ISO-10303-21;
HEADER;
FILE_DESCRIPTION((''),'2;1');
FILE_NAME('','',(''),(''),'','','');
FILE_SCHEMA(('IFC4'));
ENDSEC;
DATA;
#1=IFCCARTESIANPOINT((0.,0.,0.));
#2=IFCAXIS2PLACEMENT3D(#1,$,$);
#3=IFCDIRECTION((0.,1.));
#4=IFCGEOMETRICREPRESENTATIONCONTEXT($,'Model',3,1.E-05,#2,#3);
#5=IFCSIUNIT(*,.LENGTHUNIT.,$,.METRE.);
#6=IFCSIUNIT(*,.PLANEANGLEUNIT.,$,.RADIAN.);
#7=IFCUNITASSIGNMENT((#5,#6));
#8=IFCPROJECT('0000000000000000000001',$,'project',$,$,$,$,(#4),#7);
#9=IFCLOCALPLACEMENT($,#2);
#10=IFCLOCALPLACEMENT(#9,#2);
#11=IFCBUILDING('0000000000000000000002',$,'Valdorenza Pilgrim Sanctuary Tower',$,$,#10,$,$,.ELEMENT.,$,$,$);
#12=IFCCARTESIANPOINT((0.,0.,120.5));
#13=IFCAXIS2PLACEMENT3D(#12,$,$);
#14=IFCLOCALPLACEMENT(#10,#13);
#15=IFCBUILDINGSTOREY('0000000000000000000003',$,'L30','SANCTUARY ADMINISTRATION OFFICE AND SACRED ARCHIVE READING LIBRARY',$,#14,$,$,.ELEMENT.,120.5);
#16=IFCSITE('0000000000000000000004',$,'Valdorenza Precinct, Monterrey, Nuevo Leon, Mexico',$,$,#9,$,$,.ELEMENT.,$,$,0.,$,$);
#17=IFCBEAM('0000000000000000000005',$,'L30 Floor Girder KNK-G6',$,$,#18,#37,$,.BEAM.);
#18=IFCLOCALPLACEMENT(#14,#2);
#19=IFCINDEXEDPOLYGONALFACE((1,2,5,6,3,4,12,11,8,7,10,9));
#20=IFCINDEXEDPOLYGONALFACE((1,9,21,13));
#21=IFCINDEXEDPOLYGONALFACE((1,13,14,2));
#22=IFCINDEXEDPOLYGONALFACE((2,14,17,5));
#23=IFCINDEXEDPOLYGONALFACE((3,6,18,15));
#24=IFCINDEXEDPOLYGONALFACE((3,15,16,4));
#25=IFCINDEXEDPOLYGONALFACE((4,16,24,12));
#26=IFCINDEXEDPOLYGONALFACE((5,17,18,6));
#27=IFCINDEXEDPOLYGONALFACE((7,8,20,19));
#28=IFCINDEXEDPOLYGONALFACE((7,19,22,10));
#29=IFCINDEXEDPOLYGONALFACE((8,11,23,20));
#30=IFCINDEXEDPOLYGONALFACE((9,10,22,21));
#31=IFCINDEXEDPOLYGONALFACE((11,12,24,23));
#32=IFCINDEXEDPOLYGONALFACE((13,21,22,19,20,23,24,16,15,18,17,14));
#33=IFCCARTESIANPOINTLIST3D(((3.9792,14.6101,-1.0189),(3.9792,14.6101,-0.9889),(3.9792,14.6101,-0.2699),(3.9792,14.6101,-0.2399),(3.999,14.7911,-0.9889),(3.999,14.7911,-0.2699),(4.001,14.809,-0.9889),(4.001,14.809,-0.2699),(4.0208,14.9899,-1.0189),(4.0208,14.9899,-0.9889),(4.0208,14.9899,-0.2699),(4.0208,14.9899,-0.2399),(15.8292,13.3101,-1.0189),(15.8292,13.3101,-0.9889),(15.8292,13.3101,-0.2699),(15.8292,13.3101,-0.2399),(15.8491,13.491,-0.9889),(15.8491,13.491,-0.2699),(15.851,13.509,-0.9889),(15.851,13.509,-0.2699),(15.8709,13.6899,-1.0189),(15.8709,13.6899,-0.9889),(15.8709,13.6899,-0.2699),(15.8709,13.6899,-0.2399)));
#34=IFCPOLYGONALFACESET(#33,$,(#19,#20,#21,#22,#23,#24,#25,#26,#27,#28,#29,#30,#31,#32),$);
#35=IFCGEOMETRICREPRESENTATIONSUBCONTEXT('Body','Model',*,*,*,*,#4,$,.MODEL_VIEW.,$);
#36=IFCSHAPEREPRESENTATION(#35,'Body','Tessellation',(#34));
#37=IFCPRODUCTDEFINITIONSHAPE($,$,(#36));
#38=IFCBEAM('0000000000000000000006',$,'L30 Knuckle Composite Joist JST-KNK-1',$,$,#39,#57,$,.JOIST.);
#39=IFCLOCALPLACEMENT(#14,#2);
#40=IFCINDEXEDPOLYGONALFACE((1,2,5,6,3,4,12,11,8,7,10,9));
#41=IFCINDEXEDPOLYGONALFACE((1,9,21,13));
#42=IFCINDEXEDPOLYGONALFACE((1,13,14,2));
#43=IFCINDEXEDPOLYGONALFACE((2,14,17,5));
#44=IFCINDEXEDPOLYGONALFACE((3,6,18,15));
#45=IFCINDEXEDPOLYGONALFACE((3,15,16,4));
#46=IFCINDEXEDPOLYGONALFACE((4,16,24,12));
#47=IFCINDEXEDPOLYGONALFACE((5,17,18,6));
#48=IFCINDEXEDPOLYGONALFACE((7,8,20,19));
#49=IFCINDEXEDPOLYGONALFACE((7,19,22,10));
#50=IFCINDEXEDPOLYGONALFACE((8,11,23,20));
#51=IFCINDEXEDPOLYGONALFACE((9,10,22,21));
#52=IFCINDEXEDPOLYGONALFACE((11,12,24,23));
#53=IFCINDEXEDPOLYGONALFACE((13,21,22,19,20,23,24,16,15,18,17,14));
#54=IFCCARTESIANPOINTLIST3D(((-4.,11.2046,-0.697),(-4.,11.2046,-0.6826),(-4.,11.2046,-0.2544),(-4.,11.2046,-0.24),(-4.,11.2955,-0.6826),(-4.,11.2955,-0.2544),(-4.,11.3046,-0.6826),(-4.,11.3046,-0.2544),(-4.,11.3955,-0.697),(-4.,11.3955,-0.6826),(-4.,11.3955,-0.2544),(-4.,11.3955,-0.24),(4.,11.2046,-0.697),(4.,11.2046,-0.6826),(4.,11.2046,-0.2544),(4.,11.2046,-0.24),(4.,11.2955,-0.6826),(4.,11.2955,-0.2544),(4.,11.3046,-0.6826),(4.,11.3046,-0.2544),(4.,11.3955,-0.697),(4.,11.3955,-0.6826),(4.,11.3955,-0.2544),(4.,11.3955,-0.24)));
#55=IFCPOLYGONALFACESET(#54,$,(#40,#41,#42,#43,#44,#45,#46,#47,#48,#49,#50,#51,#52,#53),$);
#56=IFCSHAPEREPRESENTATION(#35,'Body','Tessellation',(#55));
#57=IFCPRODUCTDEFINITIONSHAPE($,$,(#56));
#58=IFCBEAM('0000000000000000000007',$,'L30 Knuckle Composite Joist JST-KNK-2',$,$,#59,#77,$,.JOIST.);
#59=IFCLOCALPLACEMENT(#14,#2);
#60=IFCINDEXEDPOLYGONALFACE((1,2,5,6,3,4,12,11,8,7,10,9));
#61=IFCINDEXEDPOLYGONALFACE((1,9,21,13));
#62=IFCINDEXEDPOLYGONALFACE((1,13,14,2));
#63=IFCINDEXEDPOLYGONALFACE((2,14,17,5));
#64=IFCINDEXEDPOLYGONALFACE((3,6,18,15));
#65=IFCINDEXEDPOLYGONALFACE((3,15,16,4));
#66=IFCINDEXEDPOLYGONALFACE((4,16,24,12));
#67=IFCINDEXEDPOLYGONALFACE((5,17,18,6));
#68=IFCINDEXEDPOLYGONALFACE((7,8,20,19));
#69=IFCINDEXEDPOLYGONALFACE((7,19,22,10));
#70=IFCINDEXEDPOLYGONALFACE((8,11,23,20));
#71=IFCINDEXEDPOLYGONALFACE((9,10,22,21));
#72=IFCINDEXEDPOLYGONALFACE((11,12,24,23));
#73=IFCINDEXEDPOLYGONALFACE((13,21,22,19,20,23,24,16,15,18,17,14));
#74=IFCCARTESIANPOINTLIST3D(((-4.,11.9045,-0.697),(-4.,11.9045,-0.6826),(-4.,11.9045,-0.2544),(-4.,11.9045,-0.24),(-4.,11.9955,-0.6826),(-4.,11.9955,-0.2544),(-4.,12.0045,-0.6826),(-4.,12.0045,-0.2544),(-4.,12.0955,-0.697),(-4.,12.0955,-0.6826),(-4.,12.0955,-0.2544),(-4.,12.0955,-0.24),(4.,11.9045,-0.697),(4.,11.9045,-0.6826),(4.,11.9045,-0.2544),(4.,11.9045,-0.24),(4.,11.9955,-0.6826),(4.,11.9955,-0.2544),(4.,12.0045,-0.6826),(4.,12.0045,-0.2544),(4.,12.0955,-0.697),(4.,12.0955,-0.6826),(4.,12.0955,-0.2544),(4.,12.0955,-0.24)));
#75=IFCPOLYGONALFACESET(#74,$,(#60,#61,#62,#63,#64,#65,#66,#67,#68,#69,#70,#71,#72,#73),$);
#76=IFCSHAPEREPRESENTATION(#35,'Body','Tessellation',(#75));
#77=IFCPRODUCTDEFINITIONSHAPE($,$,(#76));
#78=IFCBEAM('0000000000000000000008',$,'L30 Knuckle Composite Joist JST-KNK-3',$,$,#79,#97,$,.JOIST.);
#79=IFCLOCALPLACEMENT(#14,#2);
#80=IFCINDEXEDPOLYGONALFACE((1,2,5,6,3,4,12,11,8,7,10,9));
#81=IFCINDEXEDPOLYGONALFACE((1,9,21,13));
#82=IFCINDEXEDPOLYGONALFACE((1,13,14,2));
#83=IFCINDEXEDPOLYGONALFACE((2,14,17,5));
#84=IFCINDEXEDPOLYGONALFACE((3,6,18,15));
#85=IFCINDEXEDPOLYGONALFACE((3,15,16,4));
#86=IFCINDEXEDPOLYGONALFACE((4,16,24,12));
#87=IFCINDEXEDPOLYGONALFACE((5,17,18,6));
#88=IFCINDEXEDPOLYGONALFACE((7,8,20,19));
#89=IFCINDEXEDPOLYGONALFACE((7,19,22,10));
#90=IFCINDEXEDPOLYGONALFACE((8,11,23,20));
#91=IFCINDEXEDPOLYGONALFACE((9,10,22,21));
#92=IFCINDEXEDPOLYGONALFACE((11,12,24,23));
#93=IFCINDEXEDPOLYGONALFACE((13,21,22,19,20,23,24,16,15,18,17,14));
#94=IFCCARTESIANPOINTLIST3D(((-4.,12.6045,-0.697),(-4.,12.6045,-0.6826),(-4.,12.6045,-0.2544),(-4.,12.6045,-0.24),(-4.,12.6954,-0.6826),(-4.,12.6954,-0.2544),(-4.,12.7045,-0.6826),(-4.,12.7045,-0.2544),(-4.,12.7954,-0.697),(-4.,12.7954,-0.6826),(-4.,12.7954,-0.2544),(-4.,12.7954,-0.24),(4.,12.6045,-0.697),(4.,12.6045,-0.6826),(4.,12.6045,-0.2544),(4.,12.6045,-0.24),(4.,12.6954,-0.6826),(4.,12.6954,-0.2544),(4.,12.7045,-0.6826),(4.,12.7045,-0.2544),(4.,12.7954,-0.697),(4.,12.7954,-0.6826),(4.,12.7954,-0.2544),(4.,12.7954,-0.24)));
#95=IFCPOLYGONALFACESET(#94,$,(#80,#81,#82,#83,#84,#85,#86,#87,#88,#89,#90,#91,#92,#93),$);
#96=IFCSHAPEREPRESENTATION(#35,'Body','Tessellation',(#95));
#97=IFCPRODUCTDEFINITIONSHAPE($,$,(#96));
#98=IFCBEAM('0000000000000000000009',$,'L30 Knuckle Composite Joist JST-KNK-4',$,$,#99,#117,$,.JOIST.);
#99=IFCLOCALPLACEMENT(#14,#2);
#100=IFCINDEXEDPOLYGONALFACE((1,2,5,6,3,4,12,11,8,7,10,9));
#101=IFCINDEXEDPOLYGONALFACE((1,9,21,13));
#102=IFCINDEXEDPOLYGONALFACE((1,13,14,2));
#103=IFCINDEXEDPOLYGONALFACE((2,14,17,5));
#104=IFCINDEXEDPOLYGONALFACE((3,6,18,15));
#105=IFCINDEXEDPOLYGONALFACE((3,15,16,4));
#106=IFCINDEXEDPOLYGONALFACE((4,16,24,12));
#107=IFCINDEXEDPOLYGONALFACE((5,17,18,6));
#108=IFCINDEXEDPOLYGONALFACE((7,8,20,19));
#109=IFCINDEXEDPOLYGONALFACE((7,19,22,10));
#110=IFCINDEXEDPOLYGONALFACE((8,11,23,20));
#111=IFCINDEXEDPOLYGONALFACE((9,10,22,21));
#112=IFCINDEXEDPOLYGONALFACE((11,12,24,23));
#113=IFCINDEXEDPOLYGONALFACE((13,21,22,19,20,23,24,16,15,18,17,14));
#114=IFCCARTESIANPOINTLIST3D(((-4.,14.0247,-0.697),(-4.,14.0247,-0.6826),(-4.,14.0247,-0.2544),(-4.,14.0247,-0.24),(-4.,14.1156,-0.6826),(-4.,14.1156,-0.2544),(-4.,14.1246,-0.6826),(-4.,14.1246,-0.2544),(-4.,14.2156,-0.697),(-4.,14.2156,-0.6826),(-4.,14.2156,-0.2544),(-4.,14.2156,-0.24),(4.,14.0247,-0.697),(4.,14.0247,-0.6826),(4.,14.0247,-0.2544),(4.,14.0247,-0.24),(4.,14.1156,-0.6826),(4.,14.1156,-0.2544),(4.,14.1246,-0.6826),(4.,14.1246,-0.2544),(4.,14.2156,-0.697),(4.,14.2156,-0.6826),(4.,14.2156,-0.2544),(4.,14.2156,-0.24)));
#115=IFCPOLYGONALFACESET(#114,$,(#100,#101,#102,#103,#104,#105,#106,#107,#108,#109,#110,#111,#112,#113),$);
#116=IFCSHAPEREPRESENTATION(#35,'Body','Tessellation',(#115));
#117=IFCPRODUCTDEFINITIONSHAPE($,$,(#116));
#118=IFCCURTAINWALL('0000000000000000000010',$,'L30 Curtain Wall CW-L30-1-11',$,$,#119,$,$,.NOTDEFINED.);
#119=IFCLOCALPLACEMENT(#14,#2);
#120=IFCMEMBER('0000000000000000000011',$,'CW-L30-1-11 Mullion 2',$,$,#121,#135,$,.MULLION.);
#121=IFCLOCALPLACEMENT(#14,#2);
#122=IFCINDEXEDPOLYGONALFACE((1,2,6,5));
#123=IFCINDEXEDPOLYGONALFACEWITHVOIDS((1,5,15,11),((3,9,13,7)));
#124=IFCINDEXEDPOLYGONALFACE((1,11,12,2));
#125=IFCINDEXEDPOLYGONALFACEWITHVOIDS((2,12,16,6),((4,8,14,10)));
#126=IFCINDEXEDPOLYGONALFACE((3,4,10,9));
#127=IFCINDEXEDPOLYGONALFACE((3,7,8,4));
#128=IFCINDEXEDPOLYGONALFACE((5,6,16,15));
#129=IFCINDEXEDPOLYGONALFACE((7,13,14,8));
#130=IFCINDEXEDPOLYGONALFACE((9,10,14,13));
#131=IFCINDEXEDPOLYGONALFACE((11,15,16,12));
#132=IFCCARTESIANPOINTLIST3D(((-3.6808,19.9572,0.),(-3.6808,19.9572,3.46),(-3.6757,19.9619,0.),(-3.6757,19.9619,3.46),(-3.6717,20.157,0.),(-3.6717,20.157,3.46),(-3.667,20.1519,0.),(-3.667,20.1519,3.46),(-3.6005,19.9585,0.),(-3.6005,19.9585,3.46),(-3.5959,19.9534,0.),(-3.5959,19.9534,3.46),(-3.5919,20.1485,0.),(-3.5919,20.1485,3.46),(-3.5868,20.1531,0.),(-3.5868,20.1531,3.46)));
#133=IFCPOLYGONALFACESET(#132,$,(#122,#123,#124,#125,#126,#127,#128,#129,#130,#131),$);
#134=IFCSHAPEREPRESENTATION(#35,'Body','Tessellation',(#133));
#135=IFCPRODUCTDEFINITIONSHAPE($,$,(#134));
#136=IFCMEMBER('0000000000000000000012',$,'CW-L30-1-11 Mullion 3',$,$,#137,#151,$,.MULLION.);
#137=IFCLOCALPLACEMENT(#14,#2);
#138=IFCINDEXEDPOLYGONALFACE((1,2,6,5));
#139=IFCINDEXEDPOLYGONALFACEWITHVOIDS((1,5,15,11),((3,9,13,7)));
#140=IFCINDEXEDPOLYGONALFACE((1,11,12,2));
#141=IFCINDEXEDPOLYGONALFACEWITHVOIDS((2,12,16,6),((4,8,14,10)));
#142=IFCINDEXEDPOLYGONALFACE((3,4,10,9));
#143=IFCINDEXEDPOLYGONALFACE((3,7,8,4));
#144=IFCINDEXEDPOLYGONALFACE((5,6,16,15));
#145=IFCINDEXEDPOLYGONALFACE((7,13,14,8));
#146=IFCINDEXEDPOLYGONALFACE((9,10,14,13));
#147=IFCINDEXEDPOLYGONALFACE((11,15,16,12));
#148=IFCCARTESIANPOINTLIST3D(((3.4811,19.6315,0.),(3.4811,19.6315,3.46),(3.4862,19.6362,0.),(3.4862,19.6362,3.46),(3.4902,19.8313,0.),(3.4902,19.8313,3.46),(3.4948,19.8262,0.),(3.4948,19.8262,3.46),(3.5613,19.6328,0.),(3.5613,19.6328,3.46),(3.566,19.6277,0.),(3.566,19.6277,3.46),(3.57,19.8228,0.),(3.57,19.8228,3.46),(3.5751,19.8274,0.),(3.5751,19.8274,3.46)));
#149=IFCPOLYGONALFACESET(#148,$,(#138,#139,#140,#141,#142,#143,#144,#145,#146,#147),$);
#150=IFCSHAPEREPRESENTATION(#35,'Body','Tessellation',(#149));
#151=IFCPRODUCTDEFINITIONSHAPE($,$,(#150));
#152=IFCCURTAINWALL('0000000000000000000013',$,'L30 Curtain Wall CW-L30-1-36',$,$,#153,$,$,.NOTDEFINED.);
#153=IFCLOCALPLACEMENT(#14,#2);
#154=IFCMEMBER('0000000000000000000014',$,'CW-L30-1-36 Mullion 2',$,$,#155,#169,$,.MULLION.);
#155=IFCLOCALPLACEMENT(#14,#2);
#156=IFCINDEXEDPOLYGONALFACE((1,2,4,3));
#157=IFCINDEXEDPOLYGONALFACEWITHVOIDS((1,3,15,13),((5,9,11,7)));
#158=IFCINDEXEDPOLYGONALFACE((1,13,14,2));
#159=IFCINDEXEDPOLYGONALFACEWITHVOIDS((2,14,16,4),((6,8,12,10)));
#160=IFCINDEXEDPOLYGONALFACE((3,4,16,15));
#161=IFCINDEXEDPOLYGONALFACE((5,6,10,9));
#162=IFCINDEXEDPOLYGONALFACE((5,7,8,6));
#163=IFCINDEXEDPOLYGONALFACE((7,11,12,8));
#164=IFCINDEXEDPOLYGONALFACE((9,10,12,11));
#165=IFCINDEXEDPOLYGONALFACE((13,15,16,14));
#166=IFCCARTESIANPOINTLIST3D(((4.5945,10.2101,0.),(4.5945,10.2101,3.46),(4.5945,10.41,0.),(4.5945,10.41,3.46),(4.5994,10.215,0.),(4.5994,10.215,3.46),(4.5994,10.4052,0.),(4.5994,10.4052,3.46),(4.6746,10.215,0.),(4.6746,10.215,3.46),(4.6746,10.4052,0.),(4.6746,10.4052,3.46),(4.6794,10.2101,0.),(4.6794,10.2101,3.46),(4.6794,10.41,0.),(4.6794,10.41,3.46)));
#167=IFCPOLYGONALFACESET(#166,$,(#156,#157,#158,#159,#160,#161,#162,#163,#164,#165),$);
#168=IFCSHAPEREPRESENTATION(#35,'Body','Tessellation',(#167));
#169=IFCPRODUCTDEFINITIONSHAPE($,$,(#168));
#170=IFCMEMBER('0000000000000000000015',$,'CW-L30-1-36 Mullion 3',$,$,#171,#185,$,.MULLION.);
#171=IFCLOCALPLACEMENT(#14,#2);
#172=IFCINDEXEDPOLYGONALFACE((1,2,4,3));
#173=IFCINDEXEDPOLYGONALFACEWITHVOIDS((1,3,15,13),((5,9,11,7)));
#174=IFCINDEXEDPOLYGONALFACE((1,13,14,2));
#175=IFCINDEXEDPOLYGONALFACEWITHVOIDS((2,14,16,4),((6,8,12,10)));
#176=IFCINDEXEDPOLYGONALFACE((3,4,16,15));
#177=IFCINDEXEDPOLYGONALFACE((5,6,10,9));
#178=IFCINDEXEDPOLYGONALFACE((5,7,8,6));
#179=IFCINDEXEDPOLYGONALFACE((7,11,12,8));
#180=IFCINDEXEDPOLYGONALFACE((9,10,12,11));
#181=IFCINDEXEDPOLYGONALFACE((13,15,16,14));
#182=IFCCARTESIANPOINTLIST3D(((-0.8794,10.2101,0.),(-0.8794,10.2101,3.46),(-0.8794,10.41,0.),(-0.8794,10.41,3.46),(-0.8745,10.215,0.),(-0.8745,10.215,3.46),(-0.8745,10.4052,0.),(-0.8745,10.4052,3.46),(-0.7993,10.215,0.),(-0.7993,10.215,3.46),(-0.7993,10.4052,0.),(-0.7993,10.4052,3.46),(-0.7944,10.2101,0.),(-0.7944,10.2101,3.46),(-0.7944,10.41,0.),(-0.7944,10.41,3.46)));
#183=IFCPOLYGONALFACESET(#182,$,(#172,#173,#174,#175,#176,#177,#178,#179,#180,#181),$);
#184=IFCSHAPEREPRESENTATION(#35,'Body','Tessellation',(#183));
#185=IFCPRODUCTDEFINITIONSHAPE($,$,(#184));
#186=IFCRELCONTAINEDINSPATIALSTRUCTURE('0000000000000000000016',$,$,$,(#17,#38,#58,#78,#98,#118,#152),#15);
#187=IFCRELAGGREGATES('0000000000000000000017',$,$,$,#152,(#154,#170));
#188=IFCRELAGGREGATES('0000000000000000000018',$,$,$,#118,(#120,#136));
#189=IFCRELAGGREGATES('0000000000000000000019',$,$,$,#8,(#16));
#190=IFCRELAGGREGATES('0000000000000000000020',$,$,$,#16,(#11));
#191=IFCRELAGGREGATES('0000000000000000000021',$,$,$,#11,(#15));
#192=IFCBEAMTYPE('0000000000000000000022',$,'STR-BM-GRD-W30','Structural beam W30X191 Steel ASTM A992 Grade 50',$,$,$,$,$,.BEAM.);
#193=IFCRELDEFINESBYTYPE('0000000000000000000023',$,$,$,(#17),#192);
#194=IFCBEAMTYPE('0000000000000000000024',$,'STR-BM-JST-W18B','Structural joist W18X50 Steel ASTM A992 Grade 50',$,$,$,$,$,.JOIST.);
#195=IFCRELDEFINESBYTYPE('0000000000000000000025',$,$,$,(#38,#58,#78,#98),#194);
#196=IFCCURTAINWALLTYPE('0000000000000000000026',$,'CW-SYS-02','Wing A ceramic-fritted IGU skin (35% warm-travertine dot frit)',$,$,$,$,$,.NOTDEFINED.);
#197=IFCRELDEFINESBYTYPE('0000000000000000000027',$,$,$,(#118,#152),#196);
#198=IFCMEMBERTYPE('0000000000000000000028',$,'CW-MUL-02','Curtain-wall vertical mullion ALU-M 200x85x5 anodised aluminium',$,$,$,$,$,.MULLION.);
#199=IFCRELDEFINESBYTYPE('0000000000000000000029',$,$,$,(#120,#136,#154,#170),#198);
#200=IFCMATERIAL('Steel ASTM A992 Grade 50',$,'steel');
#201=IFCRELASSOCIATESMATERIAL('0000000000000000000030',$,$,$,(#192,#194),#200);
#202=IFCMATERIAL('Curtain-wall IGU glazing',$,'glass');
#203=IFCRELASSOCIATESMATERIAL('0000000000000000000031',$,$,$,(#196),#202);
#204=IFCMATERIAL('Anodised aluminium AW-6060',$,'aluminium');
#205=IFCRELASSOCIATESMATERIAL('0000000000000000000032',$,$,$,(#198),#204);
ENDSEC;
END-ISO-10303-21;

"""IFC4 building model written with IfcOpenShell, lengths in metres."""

from ifc_helpers import new_model, si_unit, direction, frame, origin, origin_2d, place, context, subcontext, project, spatial, hollow_rectangle, i_section, extrude, source, transform, mapped, material, material_profile, profile_set, type_object, element, aggregate, save


model = new_model("IFC4")

# Units and contexts
model_context = context("Model", 3, precision=1e-05, world=origin(), true_north=direction((0.0, 1.0)))
body_context = subcontext(model_context, "Body", "Model", "MODEL_VIEW")
ifc_project = project(units=[si_unit("LENGTHUNIT", "METRE"), si_unit("PLANEANGLEUNIT", "RADIAN")], contexts=[model_context])

# Site, building, storey
site_placement = place(None, origin())
site = spatial("IfcSite", under=ifc_project, at=site_placement, Name="Valdorenza Precinct, Monterrey, Nuevo Leon, Mexico", CompositionType="ELEMENT", RefElevation=0.0)
building_placement = place(site_placement, origin())
building = spatial("IfcBuilding", under=site, at=building_placement, Name="Valdorenza Pilgrim Sanctuary Tower", CompositionType="ELEMENT")
storey_placement = place(building_placement, frame((0.0, 0.0, 120.5)))
storey = spatial("IfcBuildingStorey", under=building, at=storey_placement, Name="L30", Description="SANCTUARY ADMINISTRATION OFFICE AND SACRED ARCHIVE READING LIBRARY", CompositionType="ELEMENT", Elevation=120.5)

# Shared definitions
ifc_material_1 = material(Name="Steel ASTM A992 Grade 50", Category="steel")

# Beams
ifc_material_profile_1 = material_profile(ifc_material_1, i_section(OverallWidth=0.3821, OverallDepth=0.7791, WebThickness=0.0181, FlangeThickness=0.03, at=origin_2d()), Name="W30X191")
ifc_profile_set_1 = profile_set([ifc_material_profile_1], Name="Steel ASTM A992 Grade 50")
beam_type_1 = type_object("IfcBeamType", Name="STR-BM-GRD-W30", Description="Structural beam W30X191 Steel ASTM A992 Grade 50", PredefinedType="BEAM", material=ifc_profile_set_1)
shared_shape_1 = source(origin(), body_context, "Body", "SweptSolid", [
    extrude(i_section(OverallWidth=0.3821, OverallDepth=0.7791, WebThickness=0.0181, FlangeThickness=0.03, at=origin_2d()), origin(), (0.0, 0.0, 1.0), 11.9211),
])
beam_1_placement = place(storey_placement, frame((4.0, 14.8, -0.6294), z_axis=(0.994036, -0.109054, 0.0), x_axis=(0.109054, 0.994036, 0.0)))
element("IfcBeam", 1, at=beam_1_placement, inside=storey, type_object=beam_type_1, Name="L30 Floor Girder KNK-G6", PredefinedType="BEAM", context=body_context, shape_type="MappedRepresentation", body=[
    mapped(shared_shape_1, transform((0.0, 0.0, 0.0), x_axis=(1.0, 0.0, 0.0), y_axis=(0.0, 1.0, 0.0), z_axis=(0.0, 0.0, 1.0), scale=1.0)),
])
ifc_material_profile_2 = material_profile(ifc_material_1, i_section(OverallWidth=0.1909, OverallDepth=0.457, WebThickness=0.009, FlangeThickness=0.0144, at=origin_2d()), Name="W18X50")
ifc_profile_set_2 = profile_set([ifc_material_profile_2], Name="Steel ASTM A992 Grade 50")
beam_type_2 = type_object("IfcBeamType", Name="STR-BM-JST-W18B", Description="Structural joist W18X50 Steel ASTM A992 Grade 50", PredefinedType="JOIST", material=ifc_profile_set_2)
shared_shape_2 = source(origin(), body_context, "Body", "SweptSolid", [
    extrude(i_section(OverallWidth=0.1909, OverallDepth=0.457, WebThickness=0.009, FlangeThickness=0.0144, at=origin_2d()), origin(), (0.0, 0.0, 1.0), 8.0),
])
for number, where, z_axis, x_axis, name in (
    (2, (-4.0, 11.3, -0.4685), (1.0, 0.0, 0.0), (0.0, 1.0, 0.0), "L30 Knuckle Composite Joist JST-KNK-1"),
    (3, (-4.0, 12.0, -0.4685), (1.0, 0.0, 0.0), (0.0, 1.0, 0.0), "L30 Knuckle Composite Joist JST-KNK-2"),
    (4, (-4.0, 12.7, -0.4685), (1.0, 0.0, 0.0), (0.0, 1.0, 0.0), "L30 Knuckle Composite Joist JST-KNK-3"),
    (5, (-4.0, 14.1201, -0.4685), (1.0, 0.0, 0.0), (0.0, 1.0, 0.0), "L30 Knuckle Composite Joist JST-KNK-4"),
):
    element("IfcBeam", number, at=place(storey_placement, frame(where, z_axis=z_axis, x_axis=x_axis)), inside=storey, type_object=beam_type_2, Name=name, PredefinedType="JOIST", context=body_context, shape_type="MappedRepresentation", body=[
        mapped(shared_shape_2, transform((0.0, 0.0, 0.0), x_axis=(1.0, 0.0, 0.0), y_axis=(0.0, 1.0, 0.0), z_axis=(0.0, 0.0, 1.0), scale=1.0)),
    ])

# Curtain wall, members
ifc_material_2 = material(Name="Curtain-wall IGU glazing", Category="glass")
curtain_wall_type = type_object("IfcCurtainWallType", Name="CW-SYS-02", Description="Wing A ceramic-fritted IGU skin (35% warm-travertine dot frit)", PredefinedType="NOTDEFINED", material=ifc_material_2)
curtain_wall_1_placement = place(storey_placement, origin())
curtain_wall_1 = element("IfcCurtainWall", 6, at=curtain_wall_1_placement, inside=storey, type_object=curtain_wall_type, Name="L30 Curtain Wall CW-L30-1-11", PredefinedType="NOTDEFINED")
ifc_material_3 = material(Name="Anodised aluminium AW-6060", Category="aluminium")
ifc_material_profile_3 = material_profile(ifc_material_3, hollow_rectangle(XDim=0.085, YDim=0.2, WallThickness=0.0049, at=origin_2d()), Name="ALU-M 200x85x5")
ifc_profile_set_3 = profile_set([ifc_material_profile_3], Name="Anodised aluminium AW-6060")
member_type = type_object("IfcMemberType", Name="CW-MUL-02", Description="Curtain-wall vertical mullion ALU-M 200x85x5 anodised aluminium", PredefinedType="MULLION", material=ifc_profile_set_3)
shared_shape_3 = source(origin(), body_context, "Body", "SweptSolid", [
    extrude(hollow_rectangle(XDim=0.085, YDim=0.2, WallThickness=0.0049, at=origin_2d()), origin(), (0.0, 0.0, 1.0), 3.46),
])
member_1_placement = place(storey_placement, frame((-3.6338, 20.0552, 0.0), z_axis=(0.0, 0.0, 1.0), x_axis=(0.998968, -0.045415, 0.0)))
member_1 = element("IfcMember", 7, at=member_1_placement, type_object=member_type, Name="CW-L30-1-11 Mullion 2", PredefinedType="MULLION", context=body_context, shape_type="MappedRepresentation", body=[
    mapped(shared_shape_3, transform((0.0, 0.0, 0.0), x_axis=(1.0, 0.0, 0.0), y_axis=(0.0, 1.0, 0.0), z_axis=(0.0, 0.0, 1.0), scale=1.0)),
])
member_2_placement = place(storey_placement, frame((3.5281, 19.7295, 0.0), z_axis=(0.0, 0.0, 1.0), x_axis=(0.998968, -0.045415, 0.0)))
member_2 = element("IfcMember", 8, at=member_2_placement, type_object=member_type, Name="CW-L30-1-11 Mullion 3", PredefinedType="MULLION", context=body_context, shape_type="MappedRepresentation", body=[
    mapped(shared_shape_3, transform((0.0, 0.0, 0.0), x_axis=(1.0, 0.0, 0.0), y_axis=(0.0, 1.0, 0.0), z_axis=(0.0, 0.0, 1.0), scale=1.0)),
])

# Curtain wall, members
curtain_wall_2_placement = place(storey_placement, origin())
curtain_wall_2 = element("IfcCurtainWall", 9, at=curtain_wall_2_placement, inside=storey, type_object=curtain_wall_type, Name="L30 Curtain Wall CW-L30-1-36", PredefinedType="NOTDEFINED")
member_3_placement = place(storey_placement, frame((4.637, 10.3101, 0.0), z_axis=(0.0, 0.0, 1.0), x_axis=(-1.0, 0.0, 0.0)))
member_3 = element("IfcMember", 10, at=member_3_placement, type_object=member_type, Name="CW-L30-1-36 Mullion 2", PredefinedType="MULLION", context=body_context, shape_type="MappedRepresentation", body=[
    mapped(shared_shape_3, transform((0.0, 0.0, 0.0), x_axis=(1.0, 0.0, 0.0), y_axis=(0.0, 1.0, 0.0), z_axis=(0.0, 0.0, 1.0), scale=1.0)),
])
member_4_placement = place(storey_placement, frame((-0.8369, 10.3101, 0.0), z_axis=(0.0, 0.0, 1.0), x_axis=(-1.0, 0.0, 0.0)))
member_4 = element("IfcMember", 11, at=member_4_placement, type_object=member_type, Name="CW-L30-1-36 Mullion 3", PredefinedType="MULLION", context=body_context, shape_type="MappedRepresentation", body=[
    mapped(shared_shape_3, transform((0.0, 0.0, 0.0), x_axis=(1.0, 0.0, 0.0), y_axis=(0.0, 1.0, 0.0), z_axis=(0.0, 0.0, 1.0), scale=1.0)),
])
aggregate(curtain_wall_2, [member_3, member_4])

aggregate(curtain_wall_1, [member_1, member_2])

save(model, "model.ifc")
